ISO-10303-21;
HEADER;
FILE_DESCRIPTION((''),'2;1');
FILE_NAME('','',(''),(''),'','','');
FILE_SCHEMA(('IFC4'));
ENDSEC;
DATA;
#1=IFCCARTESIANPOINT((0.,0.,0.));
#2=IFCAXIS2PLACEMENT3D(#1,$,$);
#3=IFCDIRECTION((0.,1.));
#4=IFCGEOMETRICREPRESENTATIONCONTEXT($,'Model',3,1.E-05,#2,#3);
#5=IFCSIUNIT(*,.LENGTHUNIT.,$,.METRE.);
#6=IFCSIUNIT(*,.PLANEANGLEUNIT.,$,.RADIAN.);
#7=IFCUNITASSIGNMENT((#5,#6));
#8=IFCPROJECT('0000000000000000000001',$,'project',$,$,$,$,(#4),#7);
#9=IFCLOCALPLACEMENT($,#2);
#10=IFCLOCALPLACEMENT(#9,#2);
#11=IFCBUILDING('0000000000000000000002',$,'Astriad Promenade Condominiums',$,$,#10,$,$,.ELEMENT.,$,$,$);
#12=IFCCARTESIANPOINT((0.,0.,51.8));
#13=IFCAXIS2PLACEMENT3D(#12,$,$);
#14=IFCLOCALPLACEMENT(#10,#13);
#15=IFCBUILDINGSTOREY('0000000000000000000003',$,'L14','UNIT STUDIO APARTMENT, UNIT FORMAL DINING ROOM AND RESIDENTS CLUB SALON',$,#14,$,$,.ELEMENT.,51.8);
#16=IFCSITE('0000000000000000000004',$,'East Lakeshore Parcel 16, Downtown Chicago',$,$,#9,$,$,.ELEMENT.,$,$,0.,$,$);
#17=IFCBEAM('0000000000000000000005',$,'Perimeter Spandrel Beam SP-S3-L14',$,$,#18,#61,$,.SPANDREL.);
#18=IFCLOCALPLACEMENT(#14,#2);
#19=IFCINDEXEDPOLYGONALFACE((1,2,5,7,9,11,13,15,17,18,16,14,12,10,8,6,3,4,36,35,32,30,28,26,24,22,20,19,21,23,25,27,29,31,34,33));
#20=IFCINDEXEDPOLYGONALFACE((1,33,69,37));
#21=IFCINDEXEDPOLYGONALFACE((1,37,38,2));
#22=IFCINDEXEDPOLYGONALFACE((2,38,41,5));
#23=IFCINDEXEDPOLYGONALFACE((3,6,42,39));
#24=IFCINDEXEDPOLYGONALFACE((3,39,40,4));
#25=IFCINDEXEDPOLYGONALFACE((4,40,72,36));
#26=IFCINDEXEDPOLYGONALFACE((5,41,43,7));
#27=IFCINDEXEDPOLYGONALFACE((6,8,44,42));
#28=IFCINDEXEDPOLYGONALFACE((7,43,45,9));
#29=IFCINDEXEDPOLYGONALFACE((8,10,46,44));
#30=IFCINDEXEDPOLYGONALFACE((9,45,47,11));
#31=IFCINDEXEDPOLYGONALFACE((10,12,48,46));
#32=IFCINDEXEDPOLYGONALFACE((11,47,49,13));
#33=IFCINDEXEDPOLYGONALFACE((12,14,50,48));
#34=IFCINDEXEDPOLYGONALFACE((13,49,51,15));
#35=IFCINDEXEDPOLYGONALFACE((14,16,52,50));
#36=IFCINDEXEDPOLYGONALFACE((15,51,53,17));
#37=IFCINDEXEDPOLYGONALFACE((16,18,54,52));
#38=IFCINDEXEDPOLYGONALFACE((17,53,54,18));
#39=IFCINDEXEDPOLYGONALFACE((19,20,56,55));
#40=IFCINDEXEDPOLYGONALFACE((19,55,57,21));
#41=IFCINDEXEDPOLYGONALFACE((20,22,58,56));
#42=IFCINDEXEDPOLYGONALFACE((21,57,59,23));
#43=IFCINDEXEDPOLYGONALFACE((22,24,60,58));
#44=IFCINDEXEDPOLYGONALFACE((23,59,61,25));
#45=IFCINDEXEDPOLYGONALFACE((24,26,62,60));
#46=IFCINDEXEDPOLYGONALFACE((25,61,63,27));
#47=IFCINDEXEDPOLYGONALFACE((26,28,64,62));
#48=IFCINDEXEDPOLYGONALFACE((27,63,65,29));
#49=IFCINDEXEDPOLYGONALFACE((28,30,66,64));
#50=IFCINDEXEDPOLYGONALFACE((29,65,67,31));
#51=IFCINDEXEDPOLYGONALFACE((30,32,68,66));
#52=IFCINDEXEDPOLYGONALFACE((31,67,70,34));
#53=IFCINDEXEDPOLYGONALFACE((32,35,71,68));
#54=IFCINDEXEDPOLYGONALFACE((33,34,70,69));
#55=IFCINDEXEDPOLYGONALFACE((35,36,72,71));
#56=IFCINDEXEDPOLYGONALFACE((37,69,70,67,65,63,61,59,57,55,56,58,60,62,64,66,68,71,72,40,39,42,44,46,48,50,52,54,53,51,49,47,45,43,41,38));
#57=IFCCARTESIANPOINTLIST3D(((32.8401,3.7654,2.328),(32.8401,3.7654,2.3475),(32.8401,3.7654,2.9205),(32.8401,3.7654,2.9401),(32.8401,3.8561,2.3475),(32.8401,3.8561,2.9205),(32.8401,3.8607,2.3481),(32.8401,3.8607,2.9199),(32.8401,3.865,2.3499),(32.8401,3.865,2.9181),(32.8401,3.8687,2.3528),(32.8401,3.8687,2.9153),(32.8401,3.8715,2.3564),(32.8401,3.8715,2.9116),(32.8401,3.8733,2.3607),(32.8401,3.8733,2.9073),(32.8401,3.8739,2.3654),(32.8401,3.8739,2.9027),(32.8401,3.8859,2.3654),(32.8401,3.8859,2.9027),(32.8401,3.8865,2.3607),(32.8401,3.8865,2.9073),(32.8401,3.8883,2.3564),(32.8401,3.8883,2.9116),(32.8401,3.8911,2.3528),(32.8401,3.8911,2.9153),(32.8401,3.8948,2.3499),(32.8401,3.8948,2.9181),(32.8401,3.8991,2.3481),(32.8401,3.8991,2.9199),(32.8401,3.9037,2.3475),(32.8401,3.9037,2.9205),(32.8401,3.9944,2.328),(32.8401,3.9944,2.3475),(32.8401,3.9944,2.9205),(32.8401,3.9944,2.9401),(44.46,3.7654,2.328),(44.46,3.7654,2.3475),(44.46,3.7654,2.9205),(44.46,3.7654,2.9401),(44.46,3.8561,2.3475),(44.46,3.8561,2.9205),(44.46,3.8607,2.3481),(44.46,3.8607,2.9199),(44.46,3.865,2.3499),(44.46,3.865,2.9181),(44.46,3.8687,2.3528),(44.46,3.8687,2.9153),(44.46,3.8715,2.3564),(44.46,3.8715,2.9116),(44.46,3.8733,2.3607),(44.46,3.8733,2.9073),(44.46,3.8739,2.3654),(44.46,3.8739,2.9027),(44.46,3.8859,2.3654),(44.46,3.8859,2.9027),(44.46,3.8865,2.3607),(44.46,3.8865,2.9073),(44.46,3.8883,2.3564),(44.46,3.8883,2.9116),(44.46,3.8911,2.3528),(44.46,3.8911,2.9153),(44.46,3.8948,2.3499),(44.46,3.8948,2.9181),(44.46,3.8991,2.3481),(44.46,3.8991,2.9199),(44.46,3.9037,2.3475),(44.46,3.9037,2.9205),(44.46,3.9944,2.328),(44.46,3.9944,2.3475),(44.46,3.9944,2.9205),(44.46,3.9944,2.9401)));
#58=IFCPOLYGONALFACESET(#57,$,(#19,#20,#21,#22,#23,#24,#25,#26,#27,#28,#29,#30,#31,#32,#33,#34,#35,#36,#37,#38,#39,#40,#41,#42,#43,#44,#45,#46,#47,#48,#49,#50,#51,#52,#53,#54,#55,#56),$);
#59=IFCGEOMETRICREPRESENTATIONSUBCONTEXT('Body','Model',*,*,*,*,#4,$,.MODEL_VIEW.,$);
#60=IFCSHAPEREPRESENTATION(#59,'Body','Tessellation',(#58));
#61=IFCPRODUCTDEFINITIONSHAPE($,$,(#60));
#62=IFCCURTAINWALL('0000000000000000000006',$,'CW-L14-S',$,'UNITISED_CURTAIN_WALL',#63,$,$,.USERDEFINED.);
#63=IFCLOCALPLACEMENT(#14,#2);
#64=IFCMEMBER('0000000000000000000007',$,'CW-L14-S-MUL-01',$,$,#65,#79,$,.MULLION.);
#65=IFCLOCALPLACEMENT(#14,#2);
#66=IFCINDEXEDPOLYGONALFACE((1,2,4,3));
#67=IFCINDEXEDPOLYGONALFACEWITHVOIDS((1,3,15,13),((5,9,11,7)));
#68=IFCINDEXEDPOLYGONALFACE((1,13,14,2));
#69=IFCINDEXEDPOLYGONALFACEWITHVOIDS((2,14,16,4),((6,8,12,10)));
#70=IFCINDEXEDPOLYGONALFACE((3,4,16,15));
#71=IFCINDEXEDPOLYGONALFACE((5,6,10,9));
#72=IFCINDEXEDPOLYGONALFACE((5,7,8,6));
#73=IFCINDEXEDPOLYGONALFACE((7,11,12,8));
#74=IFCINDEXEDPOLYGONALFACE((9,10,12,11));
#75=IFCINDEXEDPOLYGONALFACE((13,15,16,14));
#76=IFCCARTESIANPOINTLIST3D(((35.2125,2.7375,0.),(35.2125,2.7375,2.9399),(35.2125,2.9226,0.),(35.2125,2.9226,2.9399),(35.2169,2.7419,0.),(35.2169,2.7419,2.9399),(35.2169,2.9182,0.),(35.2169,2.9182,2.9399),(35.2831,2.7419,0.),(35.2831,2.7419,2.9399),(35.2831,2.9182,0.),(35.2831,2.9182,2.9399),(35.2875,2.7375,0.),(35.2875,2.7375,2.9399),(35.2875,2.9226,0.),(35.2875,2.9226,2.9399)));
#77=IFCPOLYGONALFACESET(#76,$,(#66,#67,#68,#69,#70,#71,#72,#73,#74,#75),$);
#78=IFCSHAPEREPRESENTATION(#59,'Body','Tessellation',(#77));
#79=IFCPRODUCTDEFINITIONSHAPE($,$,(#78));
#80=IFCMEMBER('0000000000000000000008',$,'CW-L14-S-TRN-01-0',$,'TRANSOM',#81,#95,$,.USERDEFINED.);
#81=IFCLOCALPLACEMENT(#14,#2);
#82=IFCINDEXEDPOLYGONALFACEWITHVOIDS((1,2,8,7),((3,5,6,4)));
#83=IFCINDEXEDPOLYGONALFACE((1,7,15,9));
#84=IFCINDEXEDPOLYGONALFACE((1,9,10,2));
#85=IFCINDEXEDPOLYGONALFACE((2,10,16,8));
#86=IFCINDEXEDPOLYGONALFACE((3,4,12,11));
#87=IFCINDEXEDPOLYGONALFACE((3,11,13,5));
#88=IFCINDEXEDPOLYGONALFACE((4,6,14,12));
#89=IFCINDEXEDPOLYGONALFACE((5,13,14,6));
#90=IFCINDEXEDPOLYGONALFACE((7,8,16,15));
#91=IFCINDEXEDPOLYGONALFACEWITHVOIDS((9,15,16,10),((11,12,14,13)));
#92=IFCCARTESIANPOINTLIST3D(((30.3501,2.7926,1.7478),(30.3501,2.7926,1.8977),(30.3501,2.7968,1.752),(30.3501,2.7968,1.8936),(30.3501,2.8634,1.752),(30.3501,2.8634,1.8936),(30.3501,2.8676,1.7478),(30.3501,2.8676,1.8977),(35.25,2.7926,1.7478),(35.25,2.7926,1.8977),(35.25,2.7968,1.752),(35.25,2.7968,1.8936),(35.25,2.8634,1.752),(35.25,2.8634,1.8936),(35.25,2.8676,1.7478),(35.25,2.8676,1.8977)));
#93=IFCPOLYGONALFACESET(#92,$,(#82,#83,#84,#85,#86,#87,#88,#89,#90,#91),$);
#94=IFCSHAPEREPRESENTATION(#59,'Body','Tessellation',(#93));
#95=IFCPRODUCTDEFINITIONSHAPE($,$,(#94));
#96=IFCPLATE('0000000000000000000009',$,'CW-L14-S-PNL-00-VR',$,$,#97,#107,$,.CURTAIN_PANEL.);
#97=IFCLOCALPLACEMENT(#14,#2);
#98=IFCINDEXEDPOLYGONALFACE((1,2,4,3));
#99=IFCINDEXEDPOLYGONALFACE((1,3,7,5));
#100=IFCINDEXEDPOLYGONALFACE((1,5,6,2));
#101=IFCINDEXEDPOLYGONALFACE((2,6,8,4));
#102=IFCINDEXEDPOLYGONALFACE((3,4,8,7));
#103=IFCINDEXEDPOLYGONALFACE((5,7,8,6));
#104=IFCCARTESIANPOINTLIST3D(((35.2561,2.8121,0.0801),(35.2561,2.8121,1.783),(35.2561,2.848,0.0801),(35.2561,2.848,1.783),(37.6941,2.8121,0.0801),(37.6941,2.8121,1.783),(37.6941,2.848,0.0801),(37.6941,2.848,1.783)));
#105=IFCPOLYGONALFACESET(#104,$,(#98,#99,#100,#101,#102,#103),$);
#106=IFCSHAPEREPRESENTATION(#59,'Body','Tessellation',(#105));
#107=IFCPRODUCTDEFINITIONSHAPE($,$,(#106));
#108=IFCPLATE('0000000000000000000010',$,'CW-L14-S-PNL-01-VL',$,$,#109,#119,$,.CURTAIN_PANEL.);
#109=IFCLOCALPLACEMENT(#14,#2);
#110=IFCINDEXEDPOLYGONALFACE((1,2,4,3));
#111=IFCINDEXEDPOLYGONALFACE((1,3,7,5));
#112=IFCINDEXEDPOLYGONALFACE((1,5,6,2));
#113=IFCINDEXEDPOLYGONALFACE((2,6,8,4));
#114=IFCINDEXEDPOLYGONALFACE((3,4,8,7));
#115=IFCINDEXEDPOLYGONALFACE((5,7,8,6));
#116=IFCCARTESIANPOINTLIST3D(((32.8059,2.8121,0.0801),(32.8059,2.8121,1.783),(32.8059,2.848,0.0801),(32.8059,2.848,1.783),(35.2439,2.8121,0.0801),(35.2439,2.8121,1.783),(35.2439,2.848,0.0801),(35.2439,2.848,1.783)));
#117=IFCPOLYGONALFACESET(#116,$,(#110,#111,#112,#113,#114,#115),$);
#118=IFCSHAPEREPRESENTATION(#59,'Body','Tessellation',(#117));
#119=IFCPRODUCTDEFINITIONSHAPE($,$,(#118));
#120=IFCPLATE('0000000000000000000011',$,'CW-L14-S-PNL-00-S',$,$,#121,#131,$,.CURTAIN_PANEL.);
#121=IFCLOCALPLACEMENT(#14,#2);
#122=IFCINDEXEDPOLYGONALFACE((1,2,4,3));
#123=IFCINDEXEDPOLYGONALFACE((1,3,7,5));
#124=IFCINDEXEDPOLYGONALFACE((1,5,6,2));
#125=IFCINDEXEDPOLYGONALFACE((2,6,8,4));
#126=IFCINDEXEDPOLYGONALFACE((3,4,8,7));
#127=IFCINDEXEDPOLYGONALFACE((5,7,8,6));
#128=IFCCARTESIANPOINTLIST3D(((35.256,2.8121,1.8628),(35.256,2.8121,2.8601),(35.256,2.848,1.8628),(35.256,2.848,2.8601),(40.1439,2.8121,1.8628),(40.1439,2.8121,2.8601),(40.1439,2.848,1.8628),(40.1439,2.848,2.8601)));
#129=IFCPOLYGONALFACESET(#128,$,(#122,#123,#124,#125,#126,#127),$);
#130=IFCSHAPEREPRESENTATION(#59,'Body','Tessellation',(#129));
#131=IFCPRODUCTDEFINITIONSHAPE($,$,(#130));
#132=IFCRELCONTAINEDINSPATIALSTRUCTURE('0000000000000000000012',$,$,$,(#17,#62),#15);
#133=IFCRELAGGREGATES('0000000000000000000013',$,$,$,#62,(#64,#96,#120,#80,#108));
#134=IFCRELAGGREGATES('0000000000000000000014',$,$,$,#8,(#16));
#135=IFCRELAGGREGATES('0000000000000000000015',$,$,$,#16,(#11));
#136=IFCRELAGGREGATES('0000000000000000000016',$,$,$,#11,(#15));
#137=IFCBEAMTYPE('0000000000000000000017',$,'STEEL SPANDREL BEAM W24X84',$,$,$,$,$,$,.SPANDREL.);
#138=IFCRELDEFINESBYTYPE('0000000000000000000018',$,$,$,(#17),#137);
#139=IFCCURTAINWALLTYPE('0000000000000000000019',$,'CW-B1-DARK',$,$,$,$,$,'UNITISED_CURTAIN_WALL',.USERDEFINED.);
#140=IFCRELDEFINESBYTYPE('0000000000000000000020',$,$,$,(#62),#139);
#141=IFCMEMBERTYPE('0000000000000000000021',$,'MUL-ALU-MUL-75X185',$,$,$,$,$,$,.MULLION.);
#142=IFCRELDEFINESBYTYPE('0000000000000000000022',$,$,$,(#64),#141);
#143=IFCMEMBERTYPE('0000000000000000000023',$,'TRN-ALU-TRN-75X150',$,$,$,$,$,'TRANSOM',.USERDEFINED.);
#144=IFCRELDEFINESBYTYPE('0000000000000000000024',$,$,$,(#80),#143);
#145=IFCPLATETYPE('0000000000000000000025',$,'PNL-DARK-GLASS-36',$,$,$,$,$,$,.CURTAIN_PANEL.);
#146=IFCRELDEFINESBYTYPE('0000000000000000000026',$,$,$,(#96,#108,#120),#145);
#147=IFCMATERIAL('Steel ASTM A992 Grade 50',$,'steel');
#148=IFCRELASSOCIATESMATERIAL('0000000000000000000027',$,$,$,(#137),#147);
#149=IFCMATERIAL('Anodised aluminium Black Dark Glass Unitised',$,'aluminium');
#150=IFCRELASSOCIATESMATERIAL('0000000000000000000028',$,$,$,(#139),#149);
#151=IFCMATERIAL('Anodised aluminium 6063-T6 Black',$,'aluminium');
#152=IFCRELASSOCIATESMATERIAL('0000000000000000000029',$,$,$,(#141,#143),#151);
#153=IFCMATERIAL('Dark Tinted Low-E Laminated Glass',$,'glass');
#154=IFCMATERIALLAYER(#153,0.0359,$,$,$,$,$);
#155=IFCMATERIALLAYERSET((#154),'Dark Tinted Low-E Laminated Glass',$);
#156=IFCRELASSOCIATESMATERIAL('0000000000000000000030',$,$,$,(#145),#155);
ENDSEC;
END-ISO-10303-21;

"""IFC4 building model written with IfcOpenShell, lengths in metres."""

from ifc_helpers import new_model, si_unit, direction, frame, origin, origin_2d, place, context, subcontext, project, spatial, rectangle, hollow_rectangle, i_section, extrude, source, transform, mapped, material, layer, layer_set, material_profile, profile_set, type_object, type_shapes, element, aggregate, save


model = new_model("IFC4")

# Units and contexts
model_context = context("Model", 3, precision=1e-05, world=origin(), true_north=direction((0.0, 1.0)))
body_context = subcontext(model_context, "Body", "Model", "MODEL_VIEW")
ifc_project = project(units=[si_unit("LENGTHUNIT", "METRE"), si_unit("PLANEANGLEUNIT", "RADIAN")], contexts=[model_context])

# Site, building, storey
site_placement = place(None, origin())
site = spatial("IfcSite", under=ifc_project, at=site_placement, Name="East Lakeshore Parcel 16, Downtown Chicago", CompositionType="ELEMENT", RefElevation=0.0)
building_placement = place(site_placement, origin())
building = spatial("IfcBuilding", under=site, at=building_placement, Name="Astriad Promenade Condominiums", CompositionType="ELEMENT")
storey_placement = place(building_placement, frame((0.0, 0.0, 51.8)))
storey = spatial("IfcBuildingStorey", under=building, at=storey_placement, Name="L14", Description="UNIT STUDIO APARTMENT, UNIT FORMAL DINING ROOM AND RESIDENTS CLUB SALON", CompositionType="ELEMENT", Elevation=51.8)

# Beam
ifc_material_1 = material(Name="Steel ASTM A992 Grade 50", Category="steel")
ifc_material_profile_1 = material_profile(ifc_material_1, i_section(OverallWidth=0.229, OverallDepth=0.6121, WebThickness=0.012, FlangeThickness=0.0195, FilletRadius=0.0178, at=origin_2d()), Name="W24X84")
ifc_profile_set_1 = profile_set([ifc_material_profile_1], Name="Steel ASTM A992 Grade 50")
beam_type = type_object("IfcBeamType", Name="STEEL SPANDREL BEAM W24X84", PredefinedType="SPANDREL", material=ifc_profile_set_1)
shared_shape_1 = source(origin(), body_context, "Body", "SweptSolid", [
    extrude(i_section(OverallWidth=0.229, OverallDepth=0.6121, WebThickness=0.012, FlangeThickness=0.0195, FilletRadius=0.0178, at=origin_2d()), origin(), (0.0, 0.0, 1.0), 11.6199),
])
type_shapes(beam_type, [shared_shape_1])
beam_placement = place(storey_placement, frame((32.8401, 3.8799, 2.634), z_axis=(1.0, 0.0, 0.0), x_axis=(0.0, 1.0, 0.0)))
element("IfcBeam", 1, at=beam_placement, inside=storey, type_object=beam_type, Name="Perimeter Spandrel Beam SP-S3-L14", PredefinedType="SPANDREL", context=body_context, shape_type="MappedRepresentation", body=[
    mapped(shared_shape_1, transform((0.0, 0.0, 0.0), scale=1.0)),
])

# Curtain wall, members, plates
ifc_material_2 = material(Name="Anodised aluminium Black Dark Glass Unitised", Category="aluminium")
curtain_wall_type = type_object("IfcCurtainWallType", Name="CW-B1-DARK", ElementType="UNITISED_CURTAIN_WALL", PredefinedType="USERDEFINED", material=ifc_material_2)
curtain_wall_placement = place(storey_placement, origin())
curtain_wall = element("IfcCurtainWall", 2, at=curtain_wall_placement, inside=storey, type_object=curtain_wall_type, Name="CW-L14-S", ObjectType="UNITISED_CURTAIN_WALL", PredefinedType="USERDEFINED")
ifc_material_3 = material(Name="Anodised aluminium 6063-T6 Black", Category="aluminium")
ifc_material_profile_2 = material_profile(ifc_material_3, hollow_rectangle(XDim=0.075, YDim=0.1851, WallThickness=0.0044, at=origin_2d()), Name="ALU-MUL-75X185")
ifc_profile_set_2 = profile_set([ifc_material_profile_2], Name="Anodised aluminium 6063-T6 Black")
member_type_1 = type_object("IfcMemberType", Name="MUL-ALU-MUL-75X185", PredefinedType="MULLION", material=ifc_profile_set_2)
shared_shape_2 = source(origin(), body_context, "Body", "SweptSolid", [
    extrude(hollow_rectangle(XDim=0.075, YDim=0.1851, WallThickness=0.0044, at=origin_2d()), origin(), (0.0, 0.0, 1.0), 2.9399),
])
type_shapes(member_type_1, [shared_shape_2])
member_1_placement = place(storey_placement, frame((35.25, 2.8301, 0.0), z_axis=(0.0, 0.0, 1.0), x_axis=(1.0, 0.0, 0.0)))
member_1 = element("IfcMember", 3, at=member_1_placement, type_object=member_type_1, Name="CW-L14-S-MUL-01", PredefinedType="MULLION", context=body_context, shape_type="MappedRepresentation", body=[
    mapped(shared_shape_2, transform((0.0, 0.0, 0.0), scale=1.0)),
])
ifc_material_profile_3 = material_profile(ifc_material_3, hollow_rectangle(XDim=0.075, YDim=0.1499, WallThickness=0.0042, at=origin_2d()), Name="ALU-TRN-75X150")
ifc_profile_set_3 = profile_set([ifc_material_profile_3], Name="Anodised aluminium 6063-T6 Black")
member_type_2 = type_object("IfcMemberType", Name="TRN-ALU-TRN-75X150", ElementType="TRANSOM", PredefinedType="USERDEFINED", material=ifc_profile_set_3)
shared_shape_3 = source(origin(), body_context, "Body", "SweptSolid", [
    extrude(hollow_rectangle(XDim=0.075, YDim=0.1499, WallThickness=0.0042, at=origin_2d()), origin(), (0.0, 0.0, 1.0), 4.8999),
])
type_shapes(member_type_2, [shared_shape_3])
member_2_placement = place(storey_placement, frame((35.25, 2.8301, 1.8228), z_axis=(-1.0, 0.0, 0.0), x_axis=(0.0, -1.0, 0.0)))
member_2 = element("IfcMember", 4, at=member_2_placement, type_object=member_type_2, Name="CW-L14-S-TRN-01-0", ObjectType="TRANSOM", PredefinedType="USERDEFINED", context=body_context, shape_type="MappedRepresentation", body=[
    mapped(shared_shape_3, transform((0.0, 0.0, 0.0), scale=1.0)),
])
ifc_material_4 = material(Name="Dark Tinted Low-E Laminated Glass", Category="glass")
ifc_layer_1 = layer(ifc_material_4, 0.0359)
ifc_layer_set_1 = layer_set([ifc_layer_1], Name="Dark Tinted Low-E Laminated Glass")
plate_type = type_object("IfcPlateType", Name="PNL-DARK-GLASS-36", PredefinedType="CURTAIN_PANEL", material=ifc_layer_set_1)
shared_shape_4 = source(origin(), body_context, "Body", "SweptSolid", [
    extrude(rectangle(XDim=2.438, YDim=0.0359, at=origin_2d()), origin(), (0.0, 0.0, 1.0), 1.7029),
])
plate_1_placement = place(storey_placement, frame((36.4751, 2.8301, 0.0801), z_axis=(0.0, 0.0, 1.0), x_axis=(-1.0, 0.0, 0.0)))
plate_1 = element("IfcPlate", 5, at=plate_1_placement, type_object=plate_type, Name="CW-L14-S-PNL-00-VR", PredefinedType="CURTAIN_PANEL", context=body_context, shape_type="MappedRepresentation", body=[
    mapped(shared_shape_4, transform((0.0, 0.0, 0.0), scale=1.0)),
])
plate_2_placement = place(storey_placement, frame((34.0249, 2.8301, 0.0801), z_axis=(0.0, 0.0, 1.0), x_axis=(-1.0, 0.0, 0.0)))
plate_2 = element("IfcPlate", 6, at=plate_2_placement, type_object=plate_type, Name="CW-L14-S-PNL-01-VL", PredefinedType="CURTAIN_PANEL", context=body_context, shape_type="MappedRepresentation", body=[
    mapped(shared_shape_4, transform((0.0, 0.0, 0.0), scale=1.0)),
])
shared_shape_5 = source(origin(), body_context, "Body", "SweptSolid", [
    extrude(rectangle(XDim=4.8879, YDim=0.0359, at=origin_2d()), origin(), (0.0, 0.0, 1.0), 0.9973),
])
type_shapes(plate_type, [shared_shape_4, shared_shape_5])
plate_3_placement = place(storey_placement, frame((37.7, 2.8301, 1.8628), z_axis=(0.0, 0.0, 1.0), x_axis=(-1.0, 0.0, 0.0)))
plate_3 = element("IfcPlate", 7, at=plate_3_placement, type_object=plate_type, Name="CW-L14-S-PNL-00-S", PredefinedType="CURTAIN_PANEL", context=body_context, shape_type="MappedRepresentation", body=[
    mapped(shared_shape_5, transform((0.0, 0.0, 0.0), scale=1.0)),
])
aggregate(curtain_wall, [member_1, plate_1, plate_3, member_2, plate_2])

save(model, "model.ifc")
